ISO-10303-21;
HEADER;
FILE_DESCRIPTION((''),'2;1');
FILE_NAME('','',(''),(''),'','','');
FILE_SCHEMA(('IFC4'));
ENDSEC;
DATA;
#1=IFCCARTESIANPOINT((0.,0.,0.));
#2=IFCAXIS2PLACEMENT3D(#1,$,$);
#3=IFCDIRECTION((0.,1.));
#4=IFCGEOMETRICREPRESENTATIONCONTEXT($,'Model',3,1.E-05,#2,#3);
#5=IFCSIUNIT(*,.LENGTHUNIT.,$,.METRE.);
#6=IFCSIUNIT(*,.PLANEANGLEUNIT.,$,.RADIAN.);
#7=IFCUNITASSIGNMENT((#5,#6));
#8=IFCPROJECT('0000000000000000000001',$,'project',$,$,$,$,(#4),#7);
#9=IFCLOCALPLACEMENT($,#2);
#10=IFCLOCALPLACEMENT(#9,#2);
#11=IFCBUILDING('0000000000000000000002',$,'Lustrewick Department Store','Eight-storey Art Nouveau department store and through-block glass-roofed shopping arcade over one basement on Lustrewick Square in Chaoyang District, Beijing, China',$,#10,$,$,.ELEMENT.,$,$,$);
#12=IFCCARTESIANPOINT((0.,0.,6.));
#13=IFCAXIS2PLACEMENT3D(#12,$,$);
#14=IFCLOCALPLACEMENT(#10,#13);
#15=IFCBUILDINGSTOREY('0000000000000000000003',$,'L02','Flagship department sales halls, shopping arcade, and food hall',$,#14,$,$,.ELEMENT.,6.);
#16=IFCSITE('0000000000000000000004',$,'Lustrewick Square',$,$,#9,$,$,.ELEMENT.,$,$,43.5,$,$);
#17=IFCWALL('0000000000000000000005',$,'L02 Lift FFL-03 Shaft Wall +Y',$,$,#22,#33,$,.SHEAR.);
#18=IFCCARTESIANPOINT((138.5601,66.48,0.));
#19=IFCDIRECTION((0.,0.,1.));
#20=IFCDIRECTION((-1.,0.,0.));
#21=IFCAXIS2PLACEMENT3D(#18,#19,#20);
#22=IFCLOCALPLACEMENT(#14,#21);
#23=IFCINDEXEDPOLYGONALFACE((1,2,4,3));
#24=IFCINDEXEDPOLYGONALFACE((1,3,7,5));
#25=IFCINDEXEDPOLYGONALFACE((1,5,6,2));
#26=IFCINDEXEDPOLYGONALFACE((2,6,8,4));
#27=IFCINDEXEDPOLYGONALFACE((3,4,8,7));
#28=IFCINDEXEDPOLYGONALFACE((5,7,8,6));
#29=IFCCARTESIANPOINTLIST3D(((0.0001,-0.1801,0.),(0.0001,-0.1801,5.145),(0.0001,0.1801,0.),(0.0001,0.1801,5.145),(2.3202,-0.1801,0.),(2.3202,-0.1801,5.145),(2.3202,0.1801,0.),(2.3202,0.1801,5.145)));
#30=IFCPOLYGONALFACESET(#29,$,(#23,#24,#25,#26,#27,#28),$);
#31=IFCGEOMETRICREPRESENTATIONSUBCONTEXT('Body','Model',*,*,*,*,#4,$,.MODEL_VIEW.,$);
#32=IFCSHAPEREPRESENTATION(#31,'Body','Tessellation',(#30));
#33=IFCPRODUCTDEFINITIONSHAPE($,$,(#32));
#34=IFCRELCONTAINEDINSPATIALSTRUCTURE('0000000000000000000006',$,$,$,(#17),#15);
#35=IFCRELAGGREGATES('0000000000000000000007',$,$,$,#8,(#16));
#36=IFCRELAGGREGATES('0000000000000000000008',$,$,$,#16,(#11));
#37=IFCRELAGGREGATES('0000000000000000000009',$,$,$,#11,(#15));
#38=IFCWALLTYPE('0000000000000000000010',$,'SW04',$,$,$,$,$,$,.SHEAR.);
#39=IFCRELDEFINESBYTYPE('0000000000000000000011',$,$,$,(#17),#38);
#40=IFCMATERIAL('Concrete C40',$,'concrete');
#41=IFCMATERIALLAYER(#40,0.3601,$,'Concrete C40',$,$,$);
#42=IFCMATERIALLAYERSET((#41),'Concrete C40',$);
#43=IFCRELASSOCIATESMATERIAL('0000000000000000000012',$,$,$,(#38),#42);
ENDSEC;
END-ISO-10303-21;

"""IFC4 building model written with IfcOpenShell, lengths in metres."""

from ifc_helpers import new_model, si_unit, direction, frame, frame_2d, origin, place, context, subcontext, project, spatial, rectangle, extrude, material, layer, layer_set, type_object, element, save


model = new_model("IFC4")

# Units and contexts
model_context = context("Model", 3, precision=1e-05, world=origin(), true_north=direction((0.0, 1.0)))
body_context = subcontext(model_context, "Body", "Model", "MODEL_VIEW")
ifc_project = project(units=[si_unit("LENGTHUNIT", "METRE"), si_unit("PLANEANGLEUNIT", "RADIAN")], contexts=[model_context])

# Site, building, storey
site_placement = place(None, origin())
site = spatial("IfcSite", under=ifc_project, at=site_placement, Name="Lustrewick Square", CompositionType="ELEMENT", RefElevation=43.5)
building_placement = place(site_placement, origin())
building = spatial("IfcBuilding", under=site, at=building_placement, Name="Lustrewick Department Store", Description="Eight-storey Art Nouveau department store and through-block glass-roofed shopping arcade over one basement on Lustrewick Square in Chaoyang District, Beijing, China", CompositionType="ELEMENT")
storey_placement = place(building_placement, frame((0.0, 0.0, 6.0)))
storey = spatial("IfcBuildingStorey", under=building, at=storey_placement, Name="L02", Description="Flagship department sales halls, shopping arcade, and food hall", CompositionType="ELEMENT", Elevation=6.0)

# Shared definitions
ifc_material_1 = material(Name="Concrete C40", Category="concrete")

# Shared definitions
ifc_layer_1 = layer(ifc_material_1, 0.3601, Name="Concrete C40")
ifc_layer_set_1 = layer_set([ifc_layer_1], Name="Concrete C40")
wall_type_1 = type_object("IfcWallType", Name="SW04", PredefinedType="SHEAR", material=ifc_layer_set_1)

# Wall
wall_1_placement = place(storey_placement, frame((138.5601, 66.48, 0.0), z_axis=(0.0, 0.0, 1.0), x_axis=(-1.0, 0.0, 0.0)))
element("IfcWall", 1, at=wall_1_placement, inside=storey, type_object=wall_type_1, Name="L02 Lift FFL-03 Shaft Wall +Y", PredefinedType="SHEAR", context=body_context, shape_type="SweptSolid", body=[
    extrude(rectangle(XDim=2.3201, YDim=0.3601, at=frame_2d((1.1602, 0.0))), origin(), (0.0, 0.0, 1.0), 5.145),
])

save(model, "model.ifc")
